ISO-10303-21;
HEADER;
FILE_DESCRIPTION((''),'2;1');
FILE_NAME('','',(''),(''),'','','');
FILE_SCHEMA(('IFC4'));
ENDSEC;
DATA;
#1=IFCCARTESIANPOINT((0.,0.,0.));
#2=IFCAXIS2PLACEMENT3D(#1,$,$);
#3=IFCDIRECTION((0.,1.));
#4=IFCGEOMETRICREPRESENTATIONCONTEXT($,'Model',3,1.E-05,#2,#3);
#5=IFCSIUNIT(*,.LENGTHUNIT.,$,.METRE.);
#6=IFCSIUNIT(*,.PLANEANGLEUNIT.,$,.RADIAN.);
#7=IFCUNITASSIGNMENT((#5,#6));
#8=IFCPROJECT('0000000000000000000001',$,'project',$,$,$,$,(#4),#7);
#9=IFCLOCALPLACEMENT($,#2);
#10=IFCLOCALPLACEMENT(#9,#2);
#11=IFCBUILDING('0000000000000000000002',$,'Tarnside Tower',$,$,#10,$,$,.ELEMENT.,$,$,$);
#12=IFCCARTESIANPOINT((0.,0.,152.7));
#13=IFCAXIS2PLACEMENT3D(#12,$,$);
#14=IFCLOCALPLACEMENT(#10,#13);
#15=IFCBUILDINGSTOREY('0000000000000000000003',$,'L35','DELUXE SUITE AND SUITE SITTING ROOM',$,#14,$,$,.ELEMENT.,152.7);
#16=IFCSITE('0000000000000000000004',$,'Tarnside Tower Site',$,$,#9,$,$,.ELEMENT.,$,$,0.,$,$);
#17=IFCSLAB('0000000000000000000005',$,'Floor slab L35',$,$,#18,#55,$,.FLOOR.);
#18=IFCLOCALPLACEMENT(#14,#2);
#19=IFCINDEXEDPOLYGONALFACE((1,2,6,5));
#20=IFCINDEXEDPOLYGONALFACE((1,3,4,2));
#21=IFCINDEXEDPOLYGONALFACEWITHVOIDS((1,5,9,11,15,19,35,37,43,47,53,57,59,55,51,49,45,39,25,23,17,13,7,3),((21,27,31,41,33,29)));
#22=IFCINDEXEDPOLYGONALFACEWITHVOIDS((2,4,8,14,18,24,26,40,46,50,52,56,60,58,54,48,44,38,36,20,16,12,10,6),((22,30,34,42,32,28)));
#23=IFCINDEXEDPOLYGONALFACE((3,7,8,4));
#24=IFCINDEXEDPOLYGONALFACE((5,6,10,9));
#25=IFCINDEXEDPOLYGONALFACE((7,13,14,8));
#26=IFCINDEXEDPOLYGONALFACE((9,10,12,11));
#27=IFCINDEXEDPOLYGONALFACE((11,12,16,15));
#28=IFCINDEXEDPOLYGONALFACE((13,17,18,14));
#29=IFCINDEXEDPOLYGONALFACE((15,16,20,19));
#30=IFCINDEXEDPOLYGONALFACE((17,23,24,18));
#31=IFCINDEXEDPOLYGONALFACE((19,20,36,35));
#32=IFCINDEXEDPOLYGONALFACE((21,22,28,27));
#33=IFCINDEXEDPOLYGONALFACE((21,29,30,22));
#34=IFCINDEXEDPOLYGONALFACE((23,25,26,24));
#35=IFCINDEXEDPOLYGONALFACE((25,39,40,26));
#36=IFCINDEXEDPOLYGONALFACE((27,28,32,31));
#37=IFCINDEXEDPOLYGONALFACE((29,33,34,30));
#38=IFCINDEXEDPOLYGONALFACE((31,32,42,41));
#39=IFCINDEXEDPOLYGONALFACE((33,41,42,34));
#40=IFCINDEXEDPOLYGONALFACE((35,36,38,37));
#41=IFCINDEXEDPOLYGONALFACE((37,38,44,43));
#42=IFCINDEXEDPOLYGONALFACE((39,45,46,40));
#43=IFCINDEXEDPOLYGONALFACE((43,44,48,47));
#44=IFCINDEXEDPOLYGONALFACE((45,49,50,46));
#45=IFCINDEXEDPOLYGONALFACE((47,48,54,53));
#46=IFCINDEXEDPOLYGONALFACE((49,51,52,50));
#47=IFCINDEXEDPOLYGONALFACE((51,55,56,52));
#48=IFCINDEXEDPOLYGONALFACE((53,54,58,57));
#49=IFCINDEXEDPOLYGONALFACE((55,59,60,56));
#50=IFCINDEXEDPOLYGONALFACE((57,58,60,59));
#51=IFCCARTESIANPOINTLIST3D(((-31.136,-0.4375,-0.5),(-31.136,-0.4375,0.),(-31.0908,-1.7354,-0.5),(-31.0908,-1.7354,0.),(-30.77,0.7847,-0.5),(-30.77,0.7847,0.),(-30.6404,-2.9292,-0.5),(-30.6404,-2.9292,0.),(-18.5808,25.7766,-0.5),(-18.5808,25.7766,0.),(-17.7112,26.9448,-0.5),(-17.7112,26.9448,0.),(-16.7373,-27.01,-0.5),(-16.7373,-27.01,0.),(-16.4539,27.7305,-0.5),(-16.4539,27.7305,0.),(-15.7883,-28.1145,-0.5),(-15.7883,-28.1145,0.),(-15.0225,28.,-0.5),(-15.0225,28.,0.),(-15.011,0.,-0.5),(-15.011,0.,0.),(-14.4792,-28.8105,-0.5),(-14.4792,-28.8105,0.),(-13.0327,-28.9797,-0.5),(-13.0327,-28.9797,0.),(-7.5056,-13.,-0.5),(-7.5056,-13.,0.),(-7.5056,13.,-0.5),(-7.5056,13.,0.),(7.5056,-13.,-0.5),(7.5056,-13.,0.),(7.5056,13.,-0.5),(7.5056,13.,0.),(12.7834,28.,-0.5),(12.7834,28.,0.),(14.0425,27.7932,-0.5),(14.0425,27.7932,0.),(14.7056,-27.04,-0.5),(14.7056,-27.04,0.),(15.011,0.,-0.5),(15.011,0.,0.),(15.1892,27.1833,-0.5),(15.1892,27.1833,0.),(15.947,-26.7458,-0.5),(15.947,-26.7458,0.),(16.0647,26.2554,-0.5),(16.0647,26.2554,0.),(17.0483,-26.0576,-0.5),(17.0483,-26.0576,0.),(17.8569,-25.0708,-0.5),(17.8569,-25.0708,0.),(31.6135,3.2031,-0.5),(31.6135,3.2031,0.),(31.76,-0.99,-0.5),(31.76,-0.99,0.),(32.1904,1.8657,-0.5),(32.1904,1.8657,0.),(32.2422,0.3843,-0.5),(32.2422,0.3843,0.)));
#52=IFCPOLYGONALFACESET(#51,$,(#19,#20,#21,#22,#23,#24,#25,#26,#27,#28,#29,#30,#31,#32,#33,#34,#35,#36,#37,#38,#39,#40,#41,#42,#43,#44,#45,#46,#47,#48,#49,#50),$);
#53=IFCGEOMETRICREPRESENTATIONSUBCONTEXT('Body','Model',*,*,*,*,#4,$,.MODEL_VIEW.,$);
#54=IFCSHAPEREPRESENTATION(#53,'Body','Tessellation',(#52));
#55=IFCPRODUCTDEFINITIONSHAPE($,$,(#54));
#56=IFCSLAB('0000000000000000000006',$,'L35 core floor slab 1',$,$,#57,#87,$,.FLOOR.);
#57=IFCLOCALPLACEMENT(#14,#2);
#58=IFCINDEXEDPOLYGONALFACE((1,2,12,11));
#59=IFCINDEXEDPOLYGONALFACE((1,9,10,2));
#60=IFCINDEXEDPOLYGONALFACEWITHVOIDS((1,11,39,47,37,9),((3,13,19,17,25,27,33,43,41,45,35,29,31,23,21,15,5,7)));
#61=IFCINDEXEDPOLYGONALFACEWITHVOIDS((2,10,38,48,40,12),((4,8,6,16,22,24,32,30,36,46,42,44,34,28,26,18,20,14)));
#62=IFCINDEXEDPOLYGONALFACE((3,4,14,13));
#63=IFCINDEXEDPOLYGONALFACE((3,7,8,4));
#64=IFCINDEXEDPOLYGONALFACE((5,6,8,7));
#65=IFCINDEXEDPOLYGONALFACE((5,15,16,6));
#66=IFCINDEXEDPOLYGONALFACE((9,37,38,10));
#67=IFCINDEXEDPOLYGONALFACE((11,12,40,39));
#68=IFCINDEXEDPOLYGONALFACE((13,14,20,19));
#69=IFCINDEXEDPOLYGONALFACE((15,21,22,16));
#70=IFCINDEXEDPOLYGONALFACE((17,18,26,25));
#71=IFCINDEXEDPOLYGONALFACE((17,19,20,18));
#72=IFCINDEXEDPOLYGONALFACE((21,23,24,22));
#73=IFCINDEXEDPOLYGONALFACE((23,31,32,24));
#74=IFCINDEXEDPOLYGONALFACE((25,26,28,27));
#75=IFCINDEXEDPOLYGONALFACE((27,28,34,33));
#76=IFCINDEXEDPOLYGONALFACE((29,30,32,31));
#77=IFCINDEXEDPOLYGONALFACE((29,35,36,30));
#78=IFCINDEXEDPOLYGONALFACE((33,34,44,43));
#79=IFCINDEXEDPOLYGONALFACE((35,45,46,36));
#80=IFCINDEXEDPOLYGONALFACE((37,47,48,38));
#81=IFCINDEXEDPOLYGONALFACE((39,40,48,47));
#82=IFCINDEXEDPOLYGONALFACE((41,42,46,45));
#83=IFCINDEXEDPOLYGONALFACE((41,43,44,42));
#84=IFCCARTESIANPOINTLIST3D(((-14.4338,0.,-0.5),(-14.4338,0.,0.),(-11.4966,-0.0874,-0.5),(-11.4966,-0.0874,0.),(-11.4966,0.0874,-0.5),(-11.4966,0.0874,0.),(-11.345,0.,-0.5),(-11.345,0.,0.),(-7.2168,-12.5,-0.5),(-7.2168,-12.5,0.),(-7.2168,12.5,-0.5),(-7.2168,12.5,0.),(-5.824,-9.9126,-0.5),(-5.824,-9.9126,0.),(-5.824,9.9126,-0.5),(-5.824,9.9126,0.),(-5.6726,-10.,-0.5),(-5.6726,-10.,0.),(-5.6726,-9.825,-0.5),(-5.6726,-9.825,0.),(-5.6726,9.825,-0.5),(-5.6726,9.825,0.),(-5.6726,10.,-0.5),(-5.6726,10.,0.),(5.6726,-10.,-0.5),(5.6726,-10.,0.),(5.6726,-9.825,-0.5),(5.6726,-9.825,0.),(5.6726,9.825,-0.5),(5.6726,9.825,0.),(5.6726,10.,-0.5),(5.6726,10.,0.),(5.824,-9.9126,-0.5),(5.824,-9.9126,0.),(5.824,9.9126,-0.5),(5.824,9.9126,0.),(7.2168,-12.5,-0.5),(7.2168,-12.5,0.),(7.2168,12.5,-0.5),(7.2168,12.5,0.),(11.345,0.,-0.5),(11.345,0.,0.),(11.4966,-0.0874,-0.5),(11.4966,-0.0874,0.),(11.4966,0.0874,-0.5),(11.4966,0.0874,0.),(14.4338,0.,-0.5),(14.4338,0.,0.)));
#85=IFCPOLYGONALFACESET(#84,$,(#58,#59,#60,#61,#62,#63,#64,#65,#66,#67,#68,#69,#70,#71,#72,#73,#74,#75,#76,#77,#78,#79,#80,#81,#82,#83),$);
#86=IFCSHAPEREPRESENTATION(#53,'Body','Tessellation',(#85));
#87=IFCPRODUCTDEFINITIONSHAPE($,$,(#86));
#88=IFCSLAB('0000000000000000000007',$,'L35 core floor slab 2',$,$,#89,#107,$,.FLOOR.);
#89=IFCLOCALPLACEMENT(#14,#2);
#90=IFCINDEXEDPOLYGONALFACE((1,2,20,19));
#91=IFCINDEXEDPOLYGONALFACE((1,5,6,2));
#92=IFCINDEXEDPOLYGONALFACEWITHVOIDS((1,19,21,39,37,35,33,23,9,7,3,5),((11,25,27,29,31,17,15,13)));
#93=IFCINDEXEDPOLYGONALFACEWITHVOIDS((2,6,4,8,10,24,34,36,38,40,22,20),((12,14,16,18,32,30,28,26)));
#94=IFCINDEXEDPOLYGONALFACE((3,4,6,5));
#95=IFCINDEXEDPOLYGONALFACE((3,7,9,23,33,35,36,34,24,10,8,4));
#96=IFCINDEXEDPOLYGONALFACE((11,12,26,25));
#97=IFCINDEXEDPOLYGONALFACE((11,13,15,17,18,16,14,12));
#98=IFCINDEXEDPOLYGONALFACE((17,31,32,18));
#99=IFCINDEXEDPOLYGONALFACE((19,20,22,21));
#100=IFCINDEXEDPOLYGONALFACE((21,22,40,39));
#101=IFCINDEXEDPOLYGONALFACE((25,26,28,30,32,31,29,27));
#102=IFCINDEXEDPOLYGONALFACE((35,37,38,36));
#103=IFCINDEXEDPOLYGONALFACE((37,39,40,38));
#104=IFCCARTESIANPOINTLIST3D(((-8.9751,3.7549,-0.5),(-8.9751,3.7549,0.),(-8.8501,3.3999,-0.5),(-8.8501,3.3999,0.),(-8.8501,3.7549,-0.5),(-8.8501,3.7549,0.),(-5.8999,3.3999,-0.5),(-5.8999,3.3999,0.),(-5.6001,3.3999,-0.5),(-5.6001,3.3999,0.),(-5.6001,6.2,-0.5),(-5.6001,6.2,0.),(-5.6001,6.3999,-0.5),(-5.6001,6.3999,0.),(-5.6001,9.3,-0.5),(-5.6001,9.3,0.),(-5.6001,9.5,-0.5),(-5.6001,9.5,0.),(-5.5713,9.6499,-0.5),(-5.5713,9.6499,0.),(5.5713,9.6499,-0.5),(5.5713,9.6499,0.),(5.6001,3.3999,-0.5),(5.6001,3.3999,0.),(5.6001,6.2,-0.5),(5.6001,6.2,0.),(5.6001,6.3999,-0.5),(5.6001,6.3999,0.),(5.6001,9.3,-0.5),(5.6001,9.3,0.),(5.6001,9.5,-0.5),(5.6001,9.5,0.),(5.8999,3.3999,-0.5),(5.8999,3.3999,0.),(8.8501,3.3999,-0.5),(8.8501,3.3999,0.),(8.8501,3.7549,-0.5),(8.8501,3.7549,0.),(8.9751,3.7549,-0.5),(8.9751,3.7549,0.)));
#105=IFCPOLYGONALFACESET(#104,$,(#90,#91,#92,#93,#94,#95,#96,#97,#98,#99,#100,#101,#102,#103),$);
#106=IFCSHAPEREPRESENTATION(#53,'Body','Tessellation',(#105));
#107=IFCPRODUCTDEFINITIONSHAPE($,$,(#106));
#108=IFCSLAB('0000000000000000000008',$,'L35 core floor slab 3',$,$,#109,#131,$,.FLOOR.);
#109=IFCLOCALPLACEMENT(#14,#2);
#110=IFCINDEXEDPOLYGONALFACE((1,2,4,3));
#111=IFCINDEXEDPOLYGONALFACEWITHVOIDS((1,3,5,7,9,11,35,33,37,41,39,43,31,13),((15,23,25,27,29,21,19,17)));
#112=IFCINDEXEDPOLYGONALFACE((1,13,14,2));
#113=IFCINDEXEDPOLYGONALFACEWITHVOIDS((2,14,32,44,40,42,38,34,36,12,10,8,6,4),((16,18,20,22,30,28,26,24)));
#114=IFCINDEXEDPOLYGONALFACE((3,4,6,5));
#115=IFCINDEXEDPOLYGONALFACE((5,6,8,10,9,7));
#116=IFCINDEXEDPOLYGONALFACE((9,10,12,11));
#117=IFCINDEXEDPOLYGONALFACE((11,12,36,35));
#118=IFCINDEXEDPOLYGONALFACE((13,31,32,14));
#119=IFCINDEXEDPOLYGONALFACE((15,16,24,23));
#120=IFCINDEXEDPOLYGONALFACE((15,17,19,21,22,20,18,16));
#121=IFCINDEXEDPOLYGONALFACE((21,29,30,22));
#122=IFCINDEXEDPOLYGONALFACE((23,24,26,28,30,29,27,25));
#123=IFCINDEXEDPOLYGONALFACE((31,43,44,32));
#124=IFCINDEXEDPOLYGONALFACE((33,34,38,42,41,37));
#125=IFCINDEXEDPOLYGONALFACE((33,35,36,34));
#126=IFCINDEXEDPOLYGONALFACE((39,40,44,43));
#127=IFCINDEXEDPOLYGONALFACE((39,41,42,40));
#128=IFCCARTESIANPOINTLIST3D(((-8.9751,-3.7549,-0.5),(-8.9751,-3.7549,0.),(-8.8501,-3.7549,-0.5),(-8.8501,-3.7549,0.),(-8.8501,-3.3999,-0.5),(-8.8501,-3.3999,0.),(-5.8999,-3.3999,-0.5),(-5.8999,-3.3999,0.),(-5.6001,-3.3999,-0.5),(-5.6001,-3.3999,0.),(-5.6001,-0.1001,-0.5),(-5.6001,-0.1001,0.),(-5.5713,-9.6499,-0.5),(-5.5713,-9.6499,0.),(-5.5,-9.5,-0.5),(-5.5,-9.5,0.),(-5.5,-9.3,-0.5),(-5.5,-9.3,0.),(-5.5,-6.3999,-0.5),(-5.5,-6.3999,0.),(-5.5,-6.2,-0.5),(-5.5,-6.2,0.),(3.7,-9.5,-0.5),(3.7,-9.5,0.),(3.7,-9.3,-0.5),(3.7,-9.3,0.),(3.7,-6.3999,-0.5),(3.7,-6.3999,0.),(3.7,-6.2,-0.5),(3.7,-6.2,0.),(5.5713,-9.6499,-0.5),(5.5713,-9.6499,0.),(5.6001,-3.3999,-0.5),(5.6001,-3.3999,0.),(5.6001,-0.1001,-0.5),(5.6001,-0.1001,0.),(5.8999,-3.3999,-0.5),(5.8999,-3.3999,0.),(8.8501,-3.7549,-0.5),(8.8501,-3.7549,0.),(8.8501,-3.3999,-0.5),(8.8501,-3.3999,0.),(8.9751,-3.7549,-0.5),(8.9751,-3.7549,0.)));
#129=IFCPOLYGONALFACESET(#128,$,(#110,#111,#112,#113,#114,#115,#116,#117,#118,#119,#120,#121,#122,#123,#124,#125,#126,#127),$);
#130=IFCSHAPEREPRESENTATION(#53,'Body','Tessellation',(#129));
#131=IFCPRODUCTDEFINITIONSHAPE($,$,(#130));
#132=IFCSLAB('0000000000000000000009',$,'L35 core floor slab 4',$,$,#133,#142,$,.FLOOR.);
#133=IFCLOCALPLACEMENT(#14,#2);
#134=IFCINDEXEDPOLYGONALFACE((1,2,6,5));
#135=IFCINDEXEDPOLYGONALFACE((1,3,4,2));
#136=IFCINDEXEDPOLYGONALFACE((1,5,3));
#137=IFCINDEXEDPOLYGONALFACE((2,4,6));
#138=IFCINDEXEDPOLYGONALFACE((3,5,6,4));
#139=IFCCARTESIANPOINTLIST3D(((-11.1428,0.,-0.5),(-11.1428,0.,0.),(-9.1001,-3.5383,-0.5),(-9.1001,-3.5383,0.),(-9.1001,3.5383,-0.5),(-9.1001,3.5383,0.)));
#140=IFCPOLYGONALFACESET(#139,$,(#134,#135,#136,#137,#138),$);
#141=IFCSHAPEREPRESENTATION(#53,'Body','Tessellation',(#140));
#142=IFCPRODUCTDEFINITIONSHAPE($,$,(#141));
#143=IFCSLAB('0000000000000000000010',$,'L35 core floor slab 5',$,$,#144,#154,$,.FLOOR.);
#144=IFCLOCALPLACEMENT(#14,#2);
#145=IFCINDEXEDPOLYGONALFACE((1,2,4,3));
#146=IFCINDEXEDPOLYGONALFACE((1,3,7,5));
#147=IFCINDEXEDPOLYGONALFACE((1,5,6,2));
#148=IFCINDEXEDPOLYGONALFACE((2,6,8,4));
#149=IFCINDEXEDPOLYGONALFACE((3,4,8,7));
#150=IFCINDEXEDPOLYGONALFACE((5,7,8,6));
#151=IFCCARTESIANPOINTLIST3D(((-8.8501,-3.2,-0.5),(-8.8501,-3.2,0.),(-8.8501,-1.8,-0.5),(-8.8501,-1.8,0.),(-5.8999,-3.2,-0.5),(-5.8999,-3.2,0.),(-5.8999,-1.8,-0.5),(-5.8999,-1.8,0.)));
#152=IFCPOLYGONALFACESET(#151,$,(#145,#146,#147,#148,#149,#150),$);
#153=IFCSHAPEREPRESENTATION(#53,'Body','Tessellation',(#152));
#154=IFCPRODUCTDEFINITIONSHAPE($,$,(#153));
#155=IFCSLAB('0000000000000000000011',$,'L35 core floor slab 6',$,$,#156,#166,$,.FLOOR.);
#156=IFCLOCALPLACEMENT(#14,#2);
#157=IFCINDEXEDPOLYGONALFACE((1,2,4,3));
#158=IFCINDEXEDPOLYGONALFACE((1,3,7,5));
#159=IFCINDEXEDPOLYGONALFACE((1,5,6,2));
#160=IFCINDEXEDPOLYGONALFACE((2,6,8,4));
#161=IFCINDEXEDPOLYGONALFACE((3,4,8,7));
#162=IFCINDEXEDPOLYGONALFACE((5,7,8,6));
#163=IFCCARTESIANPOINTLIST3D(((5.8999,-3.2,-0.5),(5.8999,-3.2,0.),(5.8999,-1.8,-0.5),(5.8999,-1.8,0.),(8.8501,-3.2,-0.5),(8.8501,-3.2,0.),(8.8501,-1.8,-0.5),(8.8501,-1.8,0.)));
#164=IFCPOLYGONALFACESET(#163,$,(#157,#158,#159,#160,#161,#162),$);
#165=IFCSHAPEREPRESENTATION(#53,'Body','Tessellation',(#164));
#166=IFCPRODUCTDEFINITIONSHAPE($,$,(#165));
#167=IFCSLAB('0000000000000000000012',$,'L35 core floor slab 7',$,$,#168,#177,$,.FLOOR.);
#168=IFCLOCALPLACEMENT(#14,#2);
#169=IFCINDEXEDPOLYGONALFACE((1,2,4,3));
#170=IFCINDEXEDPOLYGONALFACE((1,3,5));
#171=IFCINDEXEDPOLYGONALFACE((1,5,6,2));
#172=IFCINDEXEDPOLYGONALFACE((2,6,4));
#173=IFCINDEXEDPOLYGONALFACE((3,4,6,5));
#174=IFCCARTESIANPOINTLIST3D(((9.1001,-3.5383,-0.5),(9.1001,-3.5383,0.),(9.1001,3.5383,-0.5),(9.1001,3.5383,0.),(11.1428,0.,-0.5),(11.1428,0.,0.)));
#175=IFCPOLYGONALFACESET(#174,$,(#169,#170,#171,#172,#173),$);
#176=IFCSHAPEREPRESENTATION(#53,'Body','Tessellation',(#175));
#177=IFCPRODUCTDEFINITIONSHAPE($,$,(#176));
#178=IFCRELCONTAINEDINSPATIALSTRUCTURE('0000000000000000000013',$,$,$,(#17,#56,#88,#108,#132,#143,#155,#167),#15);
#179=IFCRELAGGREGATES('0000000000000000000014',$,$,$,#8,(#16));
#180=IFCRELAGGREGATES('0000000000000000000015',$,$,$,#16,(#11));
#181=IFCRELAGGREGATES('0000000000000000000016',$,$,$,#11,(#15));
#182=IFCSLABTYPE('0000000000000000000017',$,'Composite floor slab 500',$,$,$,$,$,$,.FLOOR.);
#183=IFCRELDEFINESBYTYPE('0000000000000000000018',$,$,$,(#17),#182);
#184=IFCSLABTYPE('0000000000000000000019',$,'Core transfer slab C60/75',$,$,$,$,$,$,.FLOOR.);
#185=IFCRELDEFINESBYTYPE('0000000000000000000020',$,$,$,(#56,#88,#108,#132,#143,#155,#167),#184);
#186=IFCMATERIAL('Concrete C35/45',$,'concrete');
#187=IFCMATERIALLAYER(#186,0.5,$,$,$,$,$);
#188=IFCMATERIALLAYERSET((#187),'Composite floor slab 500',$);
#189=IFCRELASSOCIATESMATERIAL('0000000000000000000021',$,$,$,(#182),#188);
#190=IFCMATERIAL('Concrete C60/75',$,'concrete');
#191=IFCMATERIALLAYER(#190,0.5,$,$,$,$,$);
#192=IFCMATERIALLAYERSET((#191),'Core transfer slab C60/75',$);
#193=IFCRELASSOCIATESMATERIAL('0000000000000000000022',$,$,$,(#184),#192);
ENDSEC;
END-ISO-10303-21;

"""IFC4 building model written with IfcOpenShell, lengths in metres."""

from ifc_helpers import new_model, si_unit, direction, frame, origin, place, context, subcontext, project, spatial, polyline, outline, extrude, material, layer, layer_set, type_object, element, save


model = new_model("IFC4")

# Units and contexts
model_context = context("Model", 3, precision=1e-05, world=origin(), true_north=direction((0.0, 1.0)))
body_context = subcontext(model_context, "Body", "Model", "MODEL_VIEW")
ifc_project = project(units=[si_unit("LENGTHUNIT", "METRE"), si_unit("PLANEANGLEUNIT", "RADIAN")], contexts=[model_context])

# Site, building, storey
site_placement = place(None, origin())
site = spatial("IfcSite", under=ifc_project, at=site_placement, Name="Tarnside Tower Site", CompositionType="ELEMENT", RefElevation=0.0)
building_placement = place(site_placement, origin())
building = spatial("IfcBuilding", under=site, at=building_placement, Name="Tarnside Tower", CompositionType="ELEMENT")
storey_placement = place(building_placement, frame((0.0, 0.0, 152.7)))
storey = spatial("IfcBuildingStorey", under=building, at=storey_placement, Name="L35", Description="DELUXE SUITE AND SUITE SITTING ROOM", CompositionType="ELEMENT", Elevation=152.7)

# Slabs
ifc_material_1 = material(Name="Concrete C35/45", Category="concrete")
ifc_layer_1 = layer(ifc_material_1, 0.5)
ifc_layer_set_1 = layer_set([ifc_layer_1], Name="Composite floor slab 500")
slab_type_1 = type_object("IfcSlabType", Name="Composite floor slab 500", PredefinedType="FLOOR", material=ifc_layer_set_1)
slab_1_placement = place(storey_placement, frame((0.0, 0.0, -0.5)))
element("IfcSlab", 1, at=slab_1_placement, inside=storey, type_object=slab_type_1, Name="Floor slab L35", PredefinedType="FLOOR", context=body_context, shape_type="SweptSolid", body=[
    extrude(outline(polyline([(14.0425, 27.7932), (15.1892, 27.1833), (16.0647, 26.2554), (31.6135, 3.2031), (32.1904, 1.8657), (32.2422, 0.3843), (31.76, -0.99), (17.8569, -25.0708), (17.0483, -26.0576), (15.947, -26.7458), (14.7056, -27.04), (-13.0327, -28.9797), (-14.4792, -28.8105), (-15.7883, -28.1145), (-16.7373, -27.01), (-30.6404, -2.9292), (-31.0908, -1.7354), (-31.136, -0.4375), (-30.77, 0.7847), (-18.5808, 25.7766), (-17.7112, 26.9448), (-16.4539, 27.7305), (-15.0225, 28.0), (12.7834, 28.0), (14.0425, 27.7932)]), holes=[polyline([(-15.011, 0.0), (-7.5056, -13.0), (7.5056, -13.0), (15.011, 0.0), (7.5056, 13.0), (-7.5056, 13.0), (-15.011, 0.0)])]), origin(), (0.0, 0.0, 1.0), 0.5),
])
ifc_material_2 = material(Name="Concrete C60/75", Category="concrete")
ifc_layer_2 = layer(ifc_material_2, 0.5)
ifc_layer_set_2 = layer_set([ifc_layer_2], Name="Core transfer slab C60/75")
slab_type_2 = type_object("IfcSlabType", Name="Core transfer slab C60/75", PredefinedType="FLOOR", material=ifc_layer_set_2)
slab_2_placement = place(storey_placement, frame((0.0, 0.0, -0.5)))
element("IfcSlab", 2, at=slab_2_placement, inside=storey, type_object=slab_type_2, Name="L35 core floor slab 1", PredefinedType="FLOOR", context=body_context, shape_type="SweptSolid", body=[
    extrude(outline(polyline([(-14.4338, 0.0), (-7.2168, 12.5), (7.2168, 12.5), (14.4338, 0.0), (7.2168, -12.5), (-7.2168, -12.5), (-14.4338, 0.0)]), holes=[polyline([(5.824, -9.9126), (11.4966, -0.0874), (11.345, 0.0), (11.4966, 0.0874), (5.824, 9.9126), (5.6726, 9.825), (5.6726, 10.0), (-5.6726, 10.0), (-5.6726, 9.825), (-5.824, 9.9126), (-11.4966, 0.0874), (-11.345, 0.0), (-11.4966, -0.0874), (-5.824, -9.9126), (-5.6726, -9.825), (-5.6726, -10.0), (5.6726, -10.0), (5.6726, -9.825), (5.824, -9.9126)])]), origin(), (0.0, 0.0, 1.0), 0.5),
])
slab_3_placement = place(storey_placement, frame((0.0, 0.0, -0.5)))
element("IfcSlab", 3, at=slab_3_placement, inside=storey, type_object=slab_type_2, Name="L35 core floor slab 2", PredefinedType="FLOOR", context=body_context, shape_type="SweptSolid", body=[
    extrude(outline(polyline([(-8.9751, 3.7549), (-5.5713, 9.6499), (5.5713, 9.6499), (8.9751, 3.7549), (8.8501, 3.7549), (8.8501, 3.3999), (5.8999, 3.3999), (5.6001, 3.3999), (5.6001, 3.3999), (-5.6001, 3.3999), (-5.8999, 3.3999), (-8.8501, 3.3999), (-8.8501, 3.7549), (-8.9751, 3.7549)]), holes=[polyline([(-5.6001, 6.2), (5.6001, 6.2), (5.6001, 6.3999), (5.6001, 9.3), (5.6001, 9.5), (-5.6001, 9.5), (-5.6001, 9.3), (-5.6001, 6.3999), (-5.6001, 6.2)])]), origin(), (0.0, 0.0, 1.0), 0.5),
])
slab_4_placement = place(storey_placement, frame((0.0, 0.0, -0.5)))
element("IfcSlab", 4, at=slab_4_placement, inside=storey, type_object=slab_type_2, Name="L35 core floor slab 3", PredefinedType="FLOOR", context=body_context, shape_type="SweptSolid", body=[
    extrude(outline(polyline([(5.6001, -3.3999), (5.8999, -3.3999), (8.8501, -3.3999), (8.8501, -3.7549), (8.9751, -3.7549), (5.5713, -9.6499), (-5.5713, -9.6499), (-8.9751, -3.7549), (-8.8501, -3.7549), (-8.8501, -3.3999), (-5.8999, -3.3999), (-5.6001, -3.3999), (-5.6001, -0.1001), (5.6001, -0.1001), (5.6001, -3.3999)]), holes=[polyline([(-5.5, -9.3), (-5.5, -9.5), (3.7, -9.5), (3.7, -9.3), (3.7, -6.3999), (3.7, -6.2), (-5.5, -6.2), (-5.5, -6.3999), (-5.5, -9.3)])]), origin(), (0.0, 0.0, 1.0), 0.5),
])
slab_5_placement = place(storey_placement, frame((0.0, 0.0, -0.5)))
element("IfcSlab", 5, at=slab_5_placement, inside=storey, type_object=slab_type_2, Name="L35 core floor slab 4", PredefinedType="FLOOR", context=body_context, shape_type="SweptSolid", body=[
    extrude(outline(polyline([(-11.1428, 0.0), (-9.1001, 3.5383), (-9.1001, -3.5383), (-11.1428, 0.0)])), origin(), (0.0, 0.0, 1.0), 0.5),
])
slab_6_placement = place(storey_placement, frame((0.0, 0.0, -0.5)))
element("IfcSlab", 6, at=slab_6_placement, inside=storey, type_object=slab_type_2, Name="L35 core floor slab 5", PredefinedType="FLOOR", context=body_context, shape_type="SweptSolid", body=[
    extrude(outline(polyline([(-8.8501, -1.8), (-5.8999, -1.8), (-5.8999, -3.2), (-8.8501, -3.2), (-8.8501, -1.8)])), origin(), (0.0, 0.0, 1.0), 0.5),
])
slab_7_placement = place(storey_placement, frame((0.0, 0.0, -0.5)))
element("IfcSlab", 7, at=slab_7_placement, inside=storey, type_object=slab_type_2, Name="L35 core floor slab 6", PredefinedType="FLOOR", context=body_context, shape_type="SweptSolid", body=[
    extrude(outline(polyline([(5.8999, -3.2), (5.8999, -1.8), (8.8501, -1.8), (8.8501, -3.2), (5.8999, -3.2)])), origin(), (0.0, 0.0, 1.0), 0.5),
])
slab_8_placement = place(storey_placement, frame((0.0, 0.0, -0.5)))
element("IfcSlab", 8, at=slab_8_placement, inside=storey, type_object=slab_type_2, Name="L35 core floor slab 7", PredefinedType="FLOOR", context=body_context, shape_type="SweptSolid", body=[
    extrude(outline(polyline([(9.1001, -3.5383), (9.1001, 3.5383), (11.1428, 0.0), (9.1001, -3.5383)])), origin(), (0.0, 0.0, 1.0), 0.5),
])

save(model, "model.ifc")
